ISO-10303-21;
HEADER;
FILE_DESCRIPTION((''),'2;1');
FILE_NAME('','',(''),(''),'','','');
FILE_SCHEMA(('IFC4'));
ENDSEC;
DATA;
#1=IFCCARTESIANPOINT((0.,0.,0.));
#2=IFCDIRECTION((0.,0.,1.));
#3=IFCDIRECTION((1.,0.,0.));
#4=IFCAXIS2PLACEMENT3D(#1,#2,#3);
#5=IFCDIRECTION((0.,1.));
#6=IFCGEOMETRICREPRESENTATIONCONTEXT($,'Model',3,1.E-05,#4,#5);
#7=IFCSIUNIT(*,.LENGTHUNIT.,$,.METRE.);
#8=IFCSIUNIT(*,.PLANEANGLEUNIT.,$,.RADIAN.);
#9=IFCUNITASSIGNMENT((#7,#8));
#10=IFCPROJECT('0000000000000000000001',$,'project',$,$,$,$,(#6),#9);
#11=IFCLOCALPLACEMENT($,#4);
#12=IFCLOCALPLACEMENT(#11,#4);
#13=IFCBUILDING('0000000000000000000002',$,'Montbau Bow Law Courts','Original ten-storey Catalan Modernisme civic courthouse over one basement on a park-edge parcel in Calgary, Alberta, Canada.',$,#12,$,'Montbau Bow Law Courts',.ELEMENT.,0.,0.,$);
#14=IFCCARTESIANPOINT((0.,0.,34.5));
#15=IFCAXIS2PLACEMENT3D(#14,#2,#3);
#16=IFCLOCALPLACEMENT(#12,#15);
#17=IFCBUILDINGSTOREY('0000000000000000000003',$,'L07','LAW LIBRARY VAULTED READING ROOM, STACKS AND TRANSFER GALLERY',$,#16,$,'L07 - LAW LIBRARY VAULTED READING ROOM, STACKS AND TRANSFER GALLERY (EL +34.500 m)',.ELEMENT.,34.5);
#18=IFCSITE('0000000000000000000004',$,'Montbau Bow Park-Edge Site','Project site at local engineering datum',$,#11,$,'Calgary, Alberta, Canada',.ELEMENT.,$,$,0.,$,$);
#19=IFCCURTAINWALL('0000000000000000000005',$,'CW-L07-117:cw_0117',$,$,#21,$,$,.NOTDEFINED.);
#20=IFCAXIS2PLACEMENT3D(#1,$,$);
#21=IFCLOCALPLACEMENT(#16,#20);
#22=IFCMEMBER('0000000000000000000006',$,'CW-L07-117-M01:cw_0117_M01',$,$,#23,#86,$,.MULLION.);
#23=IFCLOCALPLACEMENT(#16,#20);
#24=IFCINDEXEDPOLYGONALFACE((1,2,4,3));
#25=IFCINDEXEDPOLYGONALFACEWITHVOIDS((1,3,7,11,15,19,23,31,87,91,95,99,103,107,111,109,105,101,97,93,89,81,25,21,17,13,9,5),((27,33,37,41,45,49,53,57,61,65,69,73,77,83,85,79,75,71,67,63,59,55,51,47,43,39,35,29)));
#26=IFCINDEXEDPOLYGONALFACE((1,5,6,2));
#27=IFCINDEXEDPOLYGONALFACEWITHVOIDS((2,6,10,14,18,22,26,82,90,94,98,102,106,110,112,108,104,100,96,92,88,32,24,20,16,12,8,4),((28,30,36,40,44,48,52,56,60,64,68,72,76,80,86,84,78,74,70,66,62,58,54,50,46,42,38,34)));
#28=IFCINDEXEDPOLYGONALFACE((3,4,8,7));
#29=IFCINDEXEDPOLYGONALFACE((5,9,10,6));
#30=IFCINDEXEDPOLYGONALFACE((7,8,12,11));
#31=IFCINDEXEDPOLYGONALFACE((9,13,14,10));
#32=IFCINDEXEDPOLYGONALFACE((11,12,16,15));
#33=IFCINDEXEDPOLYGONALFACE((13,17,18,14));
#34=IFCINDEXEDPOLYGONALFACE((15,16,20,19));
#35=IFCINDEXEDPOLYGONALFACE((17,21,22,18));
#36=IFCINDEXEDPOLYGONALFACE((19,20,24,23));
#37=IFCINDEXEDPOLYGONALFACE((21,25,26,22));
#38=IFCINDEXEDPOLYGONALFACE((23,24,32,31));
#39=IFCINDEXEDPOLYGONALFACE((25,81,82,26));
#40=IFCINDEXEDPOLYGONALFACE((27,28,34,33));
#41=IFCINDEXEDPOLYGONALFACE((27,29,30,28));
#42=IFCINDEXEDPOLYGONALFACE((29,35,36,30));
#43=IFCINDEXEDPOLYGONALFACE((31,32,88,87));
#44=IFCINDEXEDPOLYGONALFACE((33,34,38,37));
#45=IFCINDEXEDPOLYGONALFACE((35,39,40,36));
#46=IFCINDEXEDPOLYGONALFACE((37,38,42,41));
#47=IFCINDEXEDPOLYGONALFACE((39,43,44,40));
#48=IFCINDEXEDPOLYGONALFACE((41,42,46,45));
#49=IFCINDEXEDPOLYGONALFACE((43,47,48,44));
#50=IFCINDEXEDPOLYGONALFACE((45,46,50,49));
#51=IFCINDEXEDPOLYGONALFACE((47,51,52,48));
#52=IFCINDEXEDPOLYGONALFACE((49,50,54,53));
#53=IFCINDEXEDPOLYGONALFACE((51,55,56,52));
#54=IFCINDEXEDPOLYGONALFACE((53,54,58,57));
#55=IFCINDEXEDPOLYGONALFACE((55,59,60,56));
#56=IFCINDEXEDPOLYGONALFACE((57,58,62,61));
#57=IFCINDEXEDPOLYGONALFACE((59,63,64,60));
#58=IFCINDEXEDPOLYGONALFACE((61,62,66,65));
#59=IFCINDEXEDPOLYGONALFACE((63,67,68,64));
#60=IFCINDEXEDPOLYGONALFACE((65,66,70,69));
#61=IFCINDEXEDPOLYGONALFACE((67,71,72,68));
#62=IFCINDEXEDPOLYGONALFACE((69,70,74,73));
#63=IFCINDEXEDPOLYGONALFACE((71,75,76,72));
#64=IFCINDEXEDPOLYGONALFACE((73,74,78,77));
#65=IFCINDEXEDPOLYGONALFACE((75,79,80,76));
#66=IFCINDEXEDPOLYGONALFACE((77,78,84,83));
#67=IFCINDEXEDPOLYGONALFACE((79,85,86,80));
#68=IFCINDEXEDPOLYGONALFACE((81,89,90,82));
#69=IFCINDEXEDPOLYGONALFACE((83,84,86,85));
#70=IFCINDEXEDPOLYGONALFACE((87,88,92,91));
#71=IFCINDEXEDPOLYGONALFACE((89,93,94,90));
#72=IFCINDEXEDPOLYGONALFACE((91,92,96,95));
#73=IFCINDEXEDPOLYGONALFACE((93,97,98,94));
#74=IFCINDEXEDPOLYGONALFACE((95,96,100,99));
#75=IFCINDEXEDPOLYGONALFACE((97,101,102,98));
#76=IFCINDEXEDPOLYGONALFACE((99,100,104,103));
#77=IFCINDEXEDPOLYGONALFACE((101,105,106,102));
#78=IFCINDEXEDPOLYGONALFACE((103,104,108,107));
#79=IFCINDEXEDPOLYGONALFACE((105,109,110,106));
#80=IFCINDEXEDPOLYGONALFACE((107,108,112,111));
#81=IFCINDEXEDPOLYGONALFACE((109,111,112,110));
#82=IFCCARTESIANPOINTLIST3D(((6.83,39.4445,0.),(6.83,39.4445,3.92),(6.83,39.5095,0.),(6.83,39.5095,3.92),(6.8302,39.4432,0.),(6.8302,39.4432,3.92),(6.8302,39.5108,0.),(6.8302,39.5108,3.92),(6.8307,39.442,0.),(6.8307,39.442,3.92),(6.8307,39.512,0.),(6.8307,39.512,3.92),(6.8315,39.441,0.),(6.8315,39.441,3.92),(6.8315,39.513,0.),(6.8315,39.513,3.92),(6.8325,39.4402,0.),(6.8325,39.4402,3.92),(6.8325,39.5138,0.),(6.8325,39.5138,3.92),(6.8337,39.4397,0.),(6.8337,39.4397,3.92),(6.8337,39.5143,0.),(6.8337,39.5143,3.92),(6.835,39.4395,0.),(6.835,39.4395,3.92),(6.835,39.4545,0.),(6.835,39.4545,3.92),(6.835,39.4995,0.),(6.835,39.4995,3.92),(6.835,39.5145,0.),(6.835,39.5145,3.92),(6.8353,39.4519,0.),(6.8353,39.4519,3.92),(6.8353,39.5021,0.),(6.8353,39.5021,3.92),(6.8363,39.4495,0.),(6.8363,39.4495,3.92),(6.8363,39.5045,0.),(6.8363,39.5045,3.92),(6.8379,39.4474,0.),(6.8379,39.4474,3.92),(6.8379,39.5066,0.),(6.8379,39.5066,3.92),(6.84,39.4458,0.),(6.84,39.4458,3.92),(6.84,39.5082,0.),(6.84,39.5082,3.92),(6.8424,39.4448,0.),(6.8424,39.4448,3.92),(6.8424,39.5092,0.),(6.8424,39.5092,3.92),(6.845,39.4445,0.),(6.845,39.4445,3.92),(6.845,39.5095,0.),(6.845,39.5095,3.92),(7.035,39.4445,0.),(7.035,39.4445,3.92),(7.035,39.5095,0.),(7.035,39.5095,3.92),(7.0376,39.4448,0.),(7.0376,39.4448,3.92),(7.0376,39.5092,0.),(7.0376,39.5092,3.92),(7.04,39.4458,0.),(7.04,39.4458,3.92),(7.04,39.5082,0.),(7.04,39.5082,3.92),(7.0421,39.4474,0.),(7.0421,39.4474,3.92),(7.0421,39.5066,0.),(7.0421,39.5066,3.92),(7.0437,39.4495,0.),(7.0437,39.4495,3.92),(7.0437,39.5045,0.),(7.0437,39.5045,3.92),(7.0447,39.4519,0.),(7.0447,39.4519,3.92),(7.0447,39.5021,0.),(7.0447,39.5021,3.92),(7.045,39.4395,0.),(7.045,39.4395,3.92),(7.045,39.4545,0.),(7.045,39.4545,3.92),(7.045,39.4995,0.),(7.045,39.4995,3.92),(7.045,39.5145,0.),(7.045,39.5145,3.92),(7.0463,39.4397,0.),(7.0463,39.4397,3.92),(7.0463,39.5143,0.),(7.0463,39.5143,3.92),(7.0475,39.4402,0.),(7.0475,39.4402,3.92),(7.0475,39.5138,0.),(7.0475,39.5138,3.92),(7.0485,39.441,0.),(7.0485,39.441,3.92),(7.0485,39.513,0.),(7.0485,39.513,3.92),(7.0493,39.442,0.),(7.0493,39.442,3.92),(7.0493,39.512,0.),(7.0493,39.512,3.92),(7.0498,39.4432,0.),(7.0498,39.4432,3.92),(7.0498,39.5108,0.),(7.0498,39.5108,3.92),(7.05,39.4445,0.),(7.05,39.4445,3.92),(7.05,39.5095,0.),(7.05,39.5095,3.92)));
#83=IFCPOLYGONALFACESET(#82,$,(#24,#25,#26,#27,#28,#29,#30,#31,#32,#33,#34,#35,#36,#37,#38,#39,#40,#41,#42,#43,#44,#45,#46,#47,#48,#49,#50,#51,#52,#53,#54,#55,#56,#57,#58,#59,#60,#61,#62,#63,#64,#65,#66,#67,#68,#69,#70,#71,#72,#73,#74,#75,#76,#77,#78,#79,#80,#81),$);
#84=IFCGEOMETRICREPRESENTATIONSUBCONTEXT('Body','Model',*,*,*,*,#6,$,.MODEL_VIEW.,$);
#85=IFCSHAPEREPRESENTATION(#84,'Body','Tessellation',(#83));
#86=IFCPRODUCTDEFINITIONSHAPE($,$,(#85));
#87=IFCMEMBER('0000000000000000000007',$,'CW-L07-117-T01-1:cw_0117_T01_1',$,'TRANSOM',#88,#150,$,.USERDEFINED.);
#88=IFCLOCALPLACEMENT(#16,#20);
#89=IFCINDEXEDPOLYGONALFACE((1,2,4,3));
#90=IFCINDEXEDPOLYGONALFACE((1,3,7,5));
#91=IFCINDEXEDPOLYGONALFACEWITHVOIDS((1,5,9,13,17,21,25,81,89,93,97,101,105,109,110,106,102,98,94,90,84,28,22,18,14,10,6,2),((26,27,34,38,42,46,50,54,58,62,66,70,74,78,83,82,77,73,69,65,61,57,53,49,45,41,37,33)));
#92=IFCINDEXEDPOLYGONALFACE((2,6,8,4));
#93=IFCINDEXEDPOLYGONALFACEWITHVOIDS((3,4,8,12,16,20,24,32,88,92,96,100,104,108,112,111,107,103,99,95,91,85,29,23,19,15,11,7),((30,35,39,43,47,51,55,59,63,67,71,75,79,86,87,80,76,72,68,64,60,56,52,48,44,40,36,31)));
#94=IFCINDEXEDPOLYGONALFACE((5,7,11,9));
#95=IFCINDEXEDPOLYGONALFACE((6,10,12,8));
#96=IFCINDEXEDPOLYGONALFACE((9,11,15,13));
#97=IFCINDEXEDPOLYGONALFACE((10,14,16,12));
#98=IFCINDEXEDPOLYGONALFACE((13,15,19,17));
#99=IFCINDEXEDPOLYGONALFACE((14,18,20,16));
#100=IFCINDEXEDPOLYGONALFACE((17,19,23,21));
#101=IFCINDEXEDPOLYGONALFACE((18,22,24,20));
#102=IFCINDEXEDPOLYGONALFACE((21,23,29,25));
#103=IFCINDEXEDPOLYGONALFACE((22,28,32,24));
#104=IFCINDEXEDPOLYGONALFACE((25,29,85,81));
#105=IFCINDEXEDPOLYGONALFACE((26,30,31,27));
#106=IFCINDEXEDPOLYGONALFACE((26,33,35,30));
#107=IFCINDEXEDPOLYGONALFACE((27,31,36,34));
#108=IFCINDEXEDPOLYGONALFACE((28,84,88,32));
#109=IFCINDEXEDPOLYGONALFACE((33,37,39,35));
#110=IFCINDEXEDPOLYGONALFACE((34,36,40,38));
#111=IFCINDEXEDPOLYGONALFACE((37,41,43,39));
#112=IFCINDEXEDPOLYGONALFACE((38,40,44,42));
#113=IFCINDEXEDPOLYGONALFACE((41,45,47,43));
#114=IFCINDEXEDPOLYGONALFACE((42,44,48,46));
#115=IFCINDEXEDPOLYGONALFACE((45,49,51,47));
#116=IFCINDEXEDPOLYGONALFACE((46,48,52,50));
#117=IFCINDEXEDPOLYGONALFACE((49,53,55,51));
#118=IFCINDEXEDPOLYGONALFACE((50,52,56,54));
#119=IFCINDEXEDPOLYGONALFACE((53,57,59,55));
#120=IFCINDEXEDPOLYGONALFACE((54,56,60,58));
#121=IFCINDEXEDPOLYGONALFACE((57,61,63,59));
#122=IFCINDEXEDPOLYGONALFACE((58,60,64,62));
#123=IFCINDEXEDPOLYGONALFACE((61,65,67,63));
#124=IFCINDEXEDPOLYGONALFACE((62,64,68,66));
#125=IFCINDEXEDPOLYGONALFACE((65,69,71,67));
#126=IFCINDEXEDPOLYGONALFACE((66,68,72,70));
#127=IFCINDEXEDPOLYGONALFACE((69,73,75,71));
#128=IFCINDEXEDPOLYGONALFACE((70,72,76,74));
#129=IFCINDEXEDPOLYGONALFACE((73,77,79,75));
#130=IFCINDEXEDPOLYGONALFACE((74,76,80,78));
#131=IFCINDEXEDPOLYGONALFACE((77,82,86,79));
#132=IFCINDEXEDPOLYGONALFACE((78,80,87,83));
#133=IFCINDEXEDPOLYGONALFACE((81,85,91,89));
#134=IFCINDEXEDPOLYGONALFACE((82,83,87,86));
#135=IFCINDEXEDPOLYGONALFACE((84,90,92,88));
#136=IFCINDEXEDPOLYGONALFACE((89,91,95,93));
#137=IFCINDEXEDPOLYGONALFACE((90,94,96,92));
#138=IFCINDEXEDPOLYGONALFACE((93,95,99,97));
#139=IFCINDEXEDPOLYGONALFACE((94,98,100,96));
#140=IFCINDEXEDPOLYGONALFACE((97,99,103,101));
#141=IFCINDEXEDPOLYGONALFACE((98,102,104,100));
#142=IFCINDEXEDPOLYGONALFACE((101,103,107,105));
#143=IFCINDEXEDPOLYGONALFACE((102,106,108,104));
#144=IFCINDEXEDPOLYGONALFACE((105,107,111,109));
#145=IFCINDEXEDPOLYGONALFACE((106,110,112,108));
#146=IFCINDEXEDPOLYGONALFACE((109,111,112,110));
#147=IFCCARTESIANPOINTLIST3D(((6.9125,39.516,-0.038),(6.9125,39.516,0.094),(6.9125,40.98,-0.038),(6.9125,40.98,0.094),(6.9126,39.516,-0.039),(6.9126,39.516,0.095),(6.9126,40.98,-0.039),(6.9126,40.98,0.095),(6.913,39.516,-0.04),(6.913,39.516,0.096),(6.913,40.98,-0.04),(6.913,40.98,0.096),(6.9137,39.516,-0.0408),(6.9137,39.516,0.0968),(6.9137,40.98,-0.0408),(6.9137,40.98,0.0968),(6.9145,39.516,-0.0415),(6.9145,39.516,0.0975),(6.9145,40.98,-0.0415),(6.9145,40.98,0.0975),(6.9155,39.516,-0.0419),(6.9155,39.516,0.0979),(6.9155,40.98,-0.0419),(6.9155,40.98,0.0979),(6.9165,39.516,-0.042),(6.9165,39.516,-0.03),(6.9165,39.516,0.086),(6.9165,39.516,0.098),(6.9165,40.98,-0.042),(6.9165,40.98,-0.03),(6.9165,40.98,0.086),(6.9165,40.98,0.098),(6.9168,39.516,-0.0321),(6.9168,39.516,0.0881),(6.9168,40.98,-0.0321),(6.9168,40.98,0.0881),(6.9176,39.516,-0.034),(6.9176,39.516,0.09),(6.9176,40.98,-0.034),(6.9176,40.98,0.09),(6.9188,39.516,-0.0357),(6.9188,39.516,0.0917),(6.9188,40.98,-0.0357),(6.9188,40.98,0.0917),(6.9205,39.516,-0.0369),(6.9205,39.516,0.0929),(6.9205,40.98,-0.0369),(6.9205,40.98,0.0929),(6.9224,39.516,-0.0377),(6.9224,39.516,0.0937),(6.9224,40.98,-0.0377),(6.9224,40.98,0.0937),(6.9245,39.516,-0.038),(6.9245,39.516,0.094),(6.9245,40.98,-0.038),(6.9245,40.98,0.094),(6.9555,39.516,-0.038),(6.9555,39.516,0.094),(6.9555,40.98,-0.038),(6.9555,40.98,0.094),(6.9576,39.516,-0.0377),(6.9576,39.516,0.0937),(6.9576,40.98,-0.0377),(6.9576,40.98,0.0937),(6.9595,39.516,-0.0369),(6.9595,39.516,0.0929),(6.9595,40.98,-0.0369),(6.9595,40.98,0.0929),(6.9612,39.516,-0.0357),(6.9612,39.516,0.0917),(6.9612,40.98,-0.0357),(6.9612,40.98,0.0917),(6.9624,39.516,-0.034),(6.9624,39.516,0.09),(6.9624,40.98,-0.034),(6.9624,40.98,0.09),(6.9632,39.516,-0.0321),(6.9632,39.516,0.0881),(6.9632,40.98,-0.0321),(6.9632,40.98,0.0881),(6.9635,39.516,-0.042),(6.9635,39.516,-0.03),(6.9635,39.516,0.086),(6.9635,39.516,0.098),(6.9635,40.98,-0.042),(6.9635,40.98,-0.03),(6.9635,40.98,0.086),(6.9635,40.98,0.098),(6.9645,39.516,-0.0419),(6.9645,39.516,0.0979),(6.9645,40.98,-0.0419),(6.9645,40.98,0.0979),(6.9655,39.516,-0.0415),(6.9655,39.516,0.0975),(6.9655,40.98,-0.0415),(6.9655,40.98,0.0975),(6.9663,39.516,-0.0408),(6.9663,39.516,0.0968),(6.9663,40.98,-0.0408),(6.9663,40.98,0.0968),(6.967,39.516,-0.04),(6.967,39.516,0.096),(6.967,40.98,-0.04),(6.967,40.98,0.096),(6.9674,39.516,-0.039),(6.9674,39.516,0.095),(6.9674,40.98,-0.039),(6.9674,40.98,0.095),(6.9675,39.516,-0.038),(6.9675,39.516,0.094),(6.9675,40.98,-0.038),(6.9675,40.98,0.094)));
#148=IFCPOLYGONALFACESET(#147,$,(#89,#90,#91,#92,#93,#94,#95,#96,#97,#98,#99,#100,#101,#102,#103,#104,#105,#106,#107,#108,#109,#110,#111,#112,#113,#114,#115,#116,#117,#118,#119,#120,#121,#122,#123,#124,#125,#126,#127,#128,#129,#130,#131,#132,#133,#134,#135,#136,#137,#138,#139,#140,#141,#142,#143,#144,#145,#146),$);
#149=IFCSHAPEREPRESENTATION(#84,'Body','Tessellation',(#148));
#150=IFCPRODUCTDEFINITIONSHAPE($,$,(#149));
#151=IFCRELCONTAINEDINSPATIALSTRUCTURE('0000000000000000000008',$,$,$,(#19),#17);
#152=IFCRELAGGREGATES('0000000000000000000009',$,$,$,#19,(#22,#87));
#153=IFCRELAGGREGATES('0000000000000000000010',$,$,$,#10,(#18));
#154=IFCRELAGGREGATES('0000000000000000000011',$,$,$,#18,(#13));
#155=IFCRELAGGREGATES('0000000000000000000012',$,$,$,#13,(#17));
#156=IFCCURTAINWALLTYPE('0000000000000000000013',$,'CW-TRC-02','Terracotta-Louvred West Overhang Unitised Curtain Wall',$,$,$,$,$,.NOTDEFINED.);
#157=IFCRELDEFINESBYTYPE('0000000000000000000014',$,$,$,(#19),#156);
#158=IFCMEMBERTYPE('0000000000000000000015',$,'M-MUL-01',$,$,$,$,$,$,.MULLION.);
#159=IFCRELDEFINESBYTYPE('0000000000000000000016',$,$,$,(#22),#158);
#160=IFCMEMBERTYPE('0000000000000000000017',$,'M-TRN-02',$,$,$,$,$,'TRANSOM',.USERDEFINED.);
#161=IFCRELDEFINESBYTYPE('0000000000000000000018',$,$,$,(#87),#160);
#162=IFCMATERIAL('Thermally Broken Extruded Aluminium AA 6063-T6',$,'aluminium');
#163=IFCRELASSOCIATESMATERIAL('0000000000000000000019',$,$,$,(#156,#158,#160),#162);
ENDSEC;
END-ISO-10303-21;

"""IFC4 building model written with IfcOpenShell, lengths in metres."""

from ifc_helpers import new_model, si_unit, direction, frame, origin_with_axes, origin_2d_with_axis, place, context, subcontext, project, spatial, hollow_rectangle, extrude, material, material_profile, profile_set, type_object, element, aggregate, save


model = new_model("IFC4")

# Units and contexts
model_context = context("Model", 3, precision=1e-05, world=origin_with_axes(), true_north=direction((0.0, 1.0)))
body_context = subcontext(model_context, "Body", "Model", "MODEL_VIEW")
ifc_project = project(units=[si_unit("LENGTHUNIT", "METRE"), si_unit("PLANEANGLEUNIT", "RADIAN")], contexts=[model_context])

# Site, building, storey
site_placement = place(None, origin_with_axes())
site = spatial("IfcSite", under=ifc_project, at=site_placement, Name="Montbau Bow Park-Edge Site", Description="Project site at local engineering datum", LongName="Calgary, Alberta, Canada", CompositionType="ELEMENT", RefElevation=0.0)
building_placement = place(site_placement, origin_with_axes())
building = spatial("IfcBuilding", under=site, at=building_placement, Name="Montbau Bow Law Courts", Description="Original ten-storey Catalan Modernisme civic courthouse over one basement on a park-edge parcel in Calgary, Alberta, Canada.", LongName="Montbau Bow Law Courts", CompositionType="ELEMENT", ElevationOfRefHeight=0.0, ElevationOfTerrain=0.0)
storey_placement = place(building_placement, frame((0.0, 0.0, 34.5), z_axis=(0.0, 0.0, 1.0), x_axis=(1.0, 0.0, 0.0)))
storey = spatial("IfcBuildingStorey", under=building, at=storey_placement, Name="L07", Description="LAW LIBRARY VAULTED READING ROOM, STACKS AND TRANSFER GALLERY", LongName="L07 - LAW LIBRARY VAULTED READING ROOM, STACKS AND TRANSFER GALLERY (EL +34.500 m)", CompositionType="ELEMENT", Elevation=34.5)

# Curtain wall, members
ifc_material_1 = material(Name="Thermally Broken Extruded Aluminium AA 6063-T6", Category="aluminium")
curtain_wall_type = type_object("IfcCurtainWallType", Name="CW-TRC-02", Description="Terracotta-Louvred West Overhang Unitised Curtain Wall", PredefinedType="NOTDEFINED", material=ifc_material_1)
curtain_wall_placement = place(None, frame((6.94, 39.44, 34.5), z_axis=(0.0, 0.0, 1.0), x_axis=(1.0, 0.0, 0.0)))
curtain_wall = element("IfcCurtainWall", 1, at=curtain_wall_placement, inside=storey, type_object=curtain_wall_type, Name="CW-L07-117:cw_0117", PredefinedType="NOTDEFINED")
ifc_material_profile_1 = material_profile(ifc_material_1, hollow_rectangle(XDim=0.075, YDim=0.22, WallThickness=0.005, InnerFilletRadius=0.01, OuterFilletRadius=0.005, at=origin_2d_with_axis()), Name="CWM-220X75", Category="Main", Priority=0)
ifc_profile_set_1 = profile_set([ifc_material_profile_1], Name="Thermally Broken Extruded Aluminium AA 6063-T6")
member_type_1 = type_object("IfcMemberType", Name="M-MUL-01", PredefinedType="MULLION", material=ifc_profile_set_1)
member_1_placement = place(None, frame((6.94, 39.477, 34.5), z_axis=(0.0, 0.0, 1.0), x_axis=(0.0, 1.0, 0.0)))
member_1 = element("IfcMember", 2, at=member_1_placement, type_object=member_type_1, Name="CW-L07-117-M01:cw_0117_M01", PredefinedType="MULLION", context=body_context, shape_type="SweptSolid", body=[
    extrude(hollow_rectangle(XDim=0.075, YDim=0.22, WallThickness=0.005, InnerFilletRadius=0.01, OuterFilletRadius=0.005, at=origin_2d_with_axis()), origin_with_axes(), (0.0, 0.0, 1.0), 3.92),
])
ifc_material_profile_2 = material_profile(ifc_material_1, hollow_rectangle(XDim=0.055, YDim=0.14, WallThickness=0.004, InnerFilletRadius=0.008, OuterFilletRadius=0.004, at=origin_2d_with_axis()), Name="CWT-140X55", Category="Main", Priority=0)
ifc_profile_set_2 = profile_set([ifc_material_profile_2], Name="Thermally Broken Extruded Aluminium AA 6063-T6")
member_type_2 = type_object("IfcMemberType", Name="M-TRN-02", ElementType="TRANSOM", PredefinedType="USERDEFINED", material=ifc_profile_set_2)
member_2_placement = place(None, frame((6.94, 39.516, 34.528), z_axis=(0.0, 1.0, 0.0), x_axis=(-1.0, 0.0, 0.0)))
member_2 = element("IfcMember", 3, at=member_2_placement, type_object=member_type_2, Name="CW-L07-117-T01-1:cw_0117_T01_1", ObjectType="TRANSOM", PredefinedType="USERDEFINED", context=body_context, shape_type="SweptSolid", body=[
    extrude(hollow_rectangle(XDim=0.055, YDim=0.14, WallThickness=0.004, InnerFilletRadius=0.008, OuterFilletRadius=0.004, at=origin_2d_with_axis()), origin_with_axes(), (0.0, 0.0, 1.0), 1.464),
])
aggregate(curtain_wall, [member_1, member_2])

save(model, "model.ifc")
